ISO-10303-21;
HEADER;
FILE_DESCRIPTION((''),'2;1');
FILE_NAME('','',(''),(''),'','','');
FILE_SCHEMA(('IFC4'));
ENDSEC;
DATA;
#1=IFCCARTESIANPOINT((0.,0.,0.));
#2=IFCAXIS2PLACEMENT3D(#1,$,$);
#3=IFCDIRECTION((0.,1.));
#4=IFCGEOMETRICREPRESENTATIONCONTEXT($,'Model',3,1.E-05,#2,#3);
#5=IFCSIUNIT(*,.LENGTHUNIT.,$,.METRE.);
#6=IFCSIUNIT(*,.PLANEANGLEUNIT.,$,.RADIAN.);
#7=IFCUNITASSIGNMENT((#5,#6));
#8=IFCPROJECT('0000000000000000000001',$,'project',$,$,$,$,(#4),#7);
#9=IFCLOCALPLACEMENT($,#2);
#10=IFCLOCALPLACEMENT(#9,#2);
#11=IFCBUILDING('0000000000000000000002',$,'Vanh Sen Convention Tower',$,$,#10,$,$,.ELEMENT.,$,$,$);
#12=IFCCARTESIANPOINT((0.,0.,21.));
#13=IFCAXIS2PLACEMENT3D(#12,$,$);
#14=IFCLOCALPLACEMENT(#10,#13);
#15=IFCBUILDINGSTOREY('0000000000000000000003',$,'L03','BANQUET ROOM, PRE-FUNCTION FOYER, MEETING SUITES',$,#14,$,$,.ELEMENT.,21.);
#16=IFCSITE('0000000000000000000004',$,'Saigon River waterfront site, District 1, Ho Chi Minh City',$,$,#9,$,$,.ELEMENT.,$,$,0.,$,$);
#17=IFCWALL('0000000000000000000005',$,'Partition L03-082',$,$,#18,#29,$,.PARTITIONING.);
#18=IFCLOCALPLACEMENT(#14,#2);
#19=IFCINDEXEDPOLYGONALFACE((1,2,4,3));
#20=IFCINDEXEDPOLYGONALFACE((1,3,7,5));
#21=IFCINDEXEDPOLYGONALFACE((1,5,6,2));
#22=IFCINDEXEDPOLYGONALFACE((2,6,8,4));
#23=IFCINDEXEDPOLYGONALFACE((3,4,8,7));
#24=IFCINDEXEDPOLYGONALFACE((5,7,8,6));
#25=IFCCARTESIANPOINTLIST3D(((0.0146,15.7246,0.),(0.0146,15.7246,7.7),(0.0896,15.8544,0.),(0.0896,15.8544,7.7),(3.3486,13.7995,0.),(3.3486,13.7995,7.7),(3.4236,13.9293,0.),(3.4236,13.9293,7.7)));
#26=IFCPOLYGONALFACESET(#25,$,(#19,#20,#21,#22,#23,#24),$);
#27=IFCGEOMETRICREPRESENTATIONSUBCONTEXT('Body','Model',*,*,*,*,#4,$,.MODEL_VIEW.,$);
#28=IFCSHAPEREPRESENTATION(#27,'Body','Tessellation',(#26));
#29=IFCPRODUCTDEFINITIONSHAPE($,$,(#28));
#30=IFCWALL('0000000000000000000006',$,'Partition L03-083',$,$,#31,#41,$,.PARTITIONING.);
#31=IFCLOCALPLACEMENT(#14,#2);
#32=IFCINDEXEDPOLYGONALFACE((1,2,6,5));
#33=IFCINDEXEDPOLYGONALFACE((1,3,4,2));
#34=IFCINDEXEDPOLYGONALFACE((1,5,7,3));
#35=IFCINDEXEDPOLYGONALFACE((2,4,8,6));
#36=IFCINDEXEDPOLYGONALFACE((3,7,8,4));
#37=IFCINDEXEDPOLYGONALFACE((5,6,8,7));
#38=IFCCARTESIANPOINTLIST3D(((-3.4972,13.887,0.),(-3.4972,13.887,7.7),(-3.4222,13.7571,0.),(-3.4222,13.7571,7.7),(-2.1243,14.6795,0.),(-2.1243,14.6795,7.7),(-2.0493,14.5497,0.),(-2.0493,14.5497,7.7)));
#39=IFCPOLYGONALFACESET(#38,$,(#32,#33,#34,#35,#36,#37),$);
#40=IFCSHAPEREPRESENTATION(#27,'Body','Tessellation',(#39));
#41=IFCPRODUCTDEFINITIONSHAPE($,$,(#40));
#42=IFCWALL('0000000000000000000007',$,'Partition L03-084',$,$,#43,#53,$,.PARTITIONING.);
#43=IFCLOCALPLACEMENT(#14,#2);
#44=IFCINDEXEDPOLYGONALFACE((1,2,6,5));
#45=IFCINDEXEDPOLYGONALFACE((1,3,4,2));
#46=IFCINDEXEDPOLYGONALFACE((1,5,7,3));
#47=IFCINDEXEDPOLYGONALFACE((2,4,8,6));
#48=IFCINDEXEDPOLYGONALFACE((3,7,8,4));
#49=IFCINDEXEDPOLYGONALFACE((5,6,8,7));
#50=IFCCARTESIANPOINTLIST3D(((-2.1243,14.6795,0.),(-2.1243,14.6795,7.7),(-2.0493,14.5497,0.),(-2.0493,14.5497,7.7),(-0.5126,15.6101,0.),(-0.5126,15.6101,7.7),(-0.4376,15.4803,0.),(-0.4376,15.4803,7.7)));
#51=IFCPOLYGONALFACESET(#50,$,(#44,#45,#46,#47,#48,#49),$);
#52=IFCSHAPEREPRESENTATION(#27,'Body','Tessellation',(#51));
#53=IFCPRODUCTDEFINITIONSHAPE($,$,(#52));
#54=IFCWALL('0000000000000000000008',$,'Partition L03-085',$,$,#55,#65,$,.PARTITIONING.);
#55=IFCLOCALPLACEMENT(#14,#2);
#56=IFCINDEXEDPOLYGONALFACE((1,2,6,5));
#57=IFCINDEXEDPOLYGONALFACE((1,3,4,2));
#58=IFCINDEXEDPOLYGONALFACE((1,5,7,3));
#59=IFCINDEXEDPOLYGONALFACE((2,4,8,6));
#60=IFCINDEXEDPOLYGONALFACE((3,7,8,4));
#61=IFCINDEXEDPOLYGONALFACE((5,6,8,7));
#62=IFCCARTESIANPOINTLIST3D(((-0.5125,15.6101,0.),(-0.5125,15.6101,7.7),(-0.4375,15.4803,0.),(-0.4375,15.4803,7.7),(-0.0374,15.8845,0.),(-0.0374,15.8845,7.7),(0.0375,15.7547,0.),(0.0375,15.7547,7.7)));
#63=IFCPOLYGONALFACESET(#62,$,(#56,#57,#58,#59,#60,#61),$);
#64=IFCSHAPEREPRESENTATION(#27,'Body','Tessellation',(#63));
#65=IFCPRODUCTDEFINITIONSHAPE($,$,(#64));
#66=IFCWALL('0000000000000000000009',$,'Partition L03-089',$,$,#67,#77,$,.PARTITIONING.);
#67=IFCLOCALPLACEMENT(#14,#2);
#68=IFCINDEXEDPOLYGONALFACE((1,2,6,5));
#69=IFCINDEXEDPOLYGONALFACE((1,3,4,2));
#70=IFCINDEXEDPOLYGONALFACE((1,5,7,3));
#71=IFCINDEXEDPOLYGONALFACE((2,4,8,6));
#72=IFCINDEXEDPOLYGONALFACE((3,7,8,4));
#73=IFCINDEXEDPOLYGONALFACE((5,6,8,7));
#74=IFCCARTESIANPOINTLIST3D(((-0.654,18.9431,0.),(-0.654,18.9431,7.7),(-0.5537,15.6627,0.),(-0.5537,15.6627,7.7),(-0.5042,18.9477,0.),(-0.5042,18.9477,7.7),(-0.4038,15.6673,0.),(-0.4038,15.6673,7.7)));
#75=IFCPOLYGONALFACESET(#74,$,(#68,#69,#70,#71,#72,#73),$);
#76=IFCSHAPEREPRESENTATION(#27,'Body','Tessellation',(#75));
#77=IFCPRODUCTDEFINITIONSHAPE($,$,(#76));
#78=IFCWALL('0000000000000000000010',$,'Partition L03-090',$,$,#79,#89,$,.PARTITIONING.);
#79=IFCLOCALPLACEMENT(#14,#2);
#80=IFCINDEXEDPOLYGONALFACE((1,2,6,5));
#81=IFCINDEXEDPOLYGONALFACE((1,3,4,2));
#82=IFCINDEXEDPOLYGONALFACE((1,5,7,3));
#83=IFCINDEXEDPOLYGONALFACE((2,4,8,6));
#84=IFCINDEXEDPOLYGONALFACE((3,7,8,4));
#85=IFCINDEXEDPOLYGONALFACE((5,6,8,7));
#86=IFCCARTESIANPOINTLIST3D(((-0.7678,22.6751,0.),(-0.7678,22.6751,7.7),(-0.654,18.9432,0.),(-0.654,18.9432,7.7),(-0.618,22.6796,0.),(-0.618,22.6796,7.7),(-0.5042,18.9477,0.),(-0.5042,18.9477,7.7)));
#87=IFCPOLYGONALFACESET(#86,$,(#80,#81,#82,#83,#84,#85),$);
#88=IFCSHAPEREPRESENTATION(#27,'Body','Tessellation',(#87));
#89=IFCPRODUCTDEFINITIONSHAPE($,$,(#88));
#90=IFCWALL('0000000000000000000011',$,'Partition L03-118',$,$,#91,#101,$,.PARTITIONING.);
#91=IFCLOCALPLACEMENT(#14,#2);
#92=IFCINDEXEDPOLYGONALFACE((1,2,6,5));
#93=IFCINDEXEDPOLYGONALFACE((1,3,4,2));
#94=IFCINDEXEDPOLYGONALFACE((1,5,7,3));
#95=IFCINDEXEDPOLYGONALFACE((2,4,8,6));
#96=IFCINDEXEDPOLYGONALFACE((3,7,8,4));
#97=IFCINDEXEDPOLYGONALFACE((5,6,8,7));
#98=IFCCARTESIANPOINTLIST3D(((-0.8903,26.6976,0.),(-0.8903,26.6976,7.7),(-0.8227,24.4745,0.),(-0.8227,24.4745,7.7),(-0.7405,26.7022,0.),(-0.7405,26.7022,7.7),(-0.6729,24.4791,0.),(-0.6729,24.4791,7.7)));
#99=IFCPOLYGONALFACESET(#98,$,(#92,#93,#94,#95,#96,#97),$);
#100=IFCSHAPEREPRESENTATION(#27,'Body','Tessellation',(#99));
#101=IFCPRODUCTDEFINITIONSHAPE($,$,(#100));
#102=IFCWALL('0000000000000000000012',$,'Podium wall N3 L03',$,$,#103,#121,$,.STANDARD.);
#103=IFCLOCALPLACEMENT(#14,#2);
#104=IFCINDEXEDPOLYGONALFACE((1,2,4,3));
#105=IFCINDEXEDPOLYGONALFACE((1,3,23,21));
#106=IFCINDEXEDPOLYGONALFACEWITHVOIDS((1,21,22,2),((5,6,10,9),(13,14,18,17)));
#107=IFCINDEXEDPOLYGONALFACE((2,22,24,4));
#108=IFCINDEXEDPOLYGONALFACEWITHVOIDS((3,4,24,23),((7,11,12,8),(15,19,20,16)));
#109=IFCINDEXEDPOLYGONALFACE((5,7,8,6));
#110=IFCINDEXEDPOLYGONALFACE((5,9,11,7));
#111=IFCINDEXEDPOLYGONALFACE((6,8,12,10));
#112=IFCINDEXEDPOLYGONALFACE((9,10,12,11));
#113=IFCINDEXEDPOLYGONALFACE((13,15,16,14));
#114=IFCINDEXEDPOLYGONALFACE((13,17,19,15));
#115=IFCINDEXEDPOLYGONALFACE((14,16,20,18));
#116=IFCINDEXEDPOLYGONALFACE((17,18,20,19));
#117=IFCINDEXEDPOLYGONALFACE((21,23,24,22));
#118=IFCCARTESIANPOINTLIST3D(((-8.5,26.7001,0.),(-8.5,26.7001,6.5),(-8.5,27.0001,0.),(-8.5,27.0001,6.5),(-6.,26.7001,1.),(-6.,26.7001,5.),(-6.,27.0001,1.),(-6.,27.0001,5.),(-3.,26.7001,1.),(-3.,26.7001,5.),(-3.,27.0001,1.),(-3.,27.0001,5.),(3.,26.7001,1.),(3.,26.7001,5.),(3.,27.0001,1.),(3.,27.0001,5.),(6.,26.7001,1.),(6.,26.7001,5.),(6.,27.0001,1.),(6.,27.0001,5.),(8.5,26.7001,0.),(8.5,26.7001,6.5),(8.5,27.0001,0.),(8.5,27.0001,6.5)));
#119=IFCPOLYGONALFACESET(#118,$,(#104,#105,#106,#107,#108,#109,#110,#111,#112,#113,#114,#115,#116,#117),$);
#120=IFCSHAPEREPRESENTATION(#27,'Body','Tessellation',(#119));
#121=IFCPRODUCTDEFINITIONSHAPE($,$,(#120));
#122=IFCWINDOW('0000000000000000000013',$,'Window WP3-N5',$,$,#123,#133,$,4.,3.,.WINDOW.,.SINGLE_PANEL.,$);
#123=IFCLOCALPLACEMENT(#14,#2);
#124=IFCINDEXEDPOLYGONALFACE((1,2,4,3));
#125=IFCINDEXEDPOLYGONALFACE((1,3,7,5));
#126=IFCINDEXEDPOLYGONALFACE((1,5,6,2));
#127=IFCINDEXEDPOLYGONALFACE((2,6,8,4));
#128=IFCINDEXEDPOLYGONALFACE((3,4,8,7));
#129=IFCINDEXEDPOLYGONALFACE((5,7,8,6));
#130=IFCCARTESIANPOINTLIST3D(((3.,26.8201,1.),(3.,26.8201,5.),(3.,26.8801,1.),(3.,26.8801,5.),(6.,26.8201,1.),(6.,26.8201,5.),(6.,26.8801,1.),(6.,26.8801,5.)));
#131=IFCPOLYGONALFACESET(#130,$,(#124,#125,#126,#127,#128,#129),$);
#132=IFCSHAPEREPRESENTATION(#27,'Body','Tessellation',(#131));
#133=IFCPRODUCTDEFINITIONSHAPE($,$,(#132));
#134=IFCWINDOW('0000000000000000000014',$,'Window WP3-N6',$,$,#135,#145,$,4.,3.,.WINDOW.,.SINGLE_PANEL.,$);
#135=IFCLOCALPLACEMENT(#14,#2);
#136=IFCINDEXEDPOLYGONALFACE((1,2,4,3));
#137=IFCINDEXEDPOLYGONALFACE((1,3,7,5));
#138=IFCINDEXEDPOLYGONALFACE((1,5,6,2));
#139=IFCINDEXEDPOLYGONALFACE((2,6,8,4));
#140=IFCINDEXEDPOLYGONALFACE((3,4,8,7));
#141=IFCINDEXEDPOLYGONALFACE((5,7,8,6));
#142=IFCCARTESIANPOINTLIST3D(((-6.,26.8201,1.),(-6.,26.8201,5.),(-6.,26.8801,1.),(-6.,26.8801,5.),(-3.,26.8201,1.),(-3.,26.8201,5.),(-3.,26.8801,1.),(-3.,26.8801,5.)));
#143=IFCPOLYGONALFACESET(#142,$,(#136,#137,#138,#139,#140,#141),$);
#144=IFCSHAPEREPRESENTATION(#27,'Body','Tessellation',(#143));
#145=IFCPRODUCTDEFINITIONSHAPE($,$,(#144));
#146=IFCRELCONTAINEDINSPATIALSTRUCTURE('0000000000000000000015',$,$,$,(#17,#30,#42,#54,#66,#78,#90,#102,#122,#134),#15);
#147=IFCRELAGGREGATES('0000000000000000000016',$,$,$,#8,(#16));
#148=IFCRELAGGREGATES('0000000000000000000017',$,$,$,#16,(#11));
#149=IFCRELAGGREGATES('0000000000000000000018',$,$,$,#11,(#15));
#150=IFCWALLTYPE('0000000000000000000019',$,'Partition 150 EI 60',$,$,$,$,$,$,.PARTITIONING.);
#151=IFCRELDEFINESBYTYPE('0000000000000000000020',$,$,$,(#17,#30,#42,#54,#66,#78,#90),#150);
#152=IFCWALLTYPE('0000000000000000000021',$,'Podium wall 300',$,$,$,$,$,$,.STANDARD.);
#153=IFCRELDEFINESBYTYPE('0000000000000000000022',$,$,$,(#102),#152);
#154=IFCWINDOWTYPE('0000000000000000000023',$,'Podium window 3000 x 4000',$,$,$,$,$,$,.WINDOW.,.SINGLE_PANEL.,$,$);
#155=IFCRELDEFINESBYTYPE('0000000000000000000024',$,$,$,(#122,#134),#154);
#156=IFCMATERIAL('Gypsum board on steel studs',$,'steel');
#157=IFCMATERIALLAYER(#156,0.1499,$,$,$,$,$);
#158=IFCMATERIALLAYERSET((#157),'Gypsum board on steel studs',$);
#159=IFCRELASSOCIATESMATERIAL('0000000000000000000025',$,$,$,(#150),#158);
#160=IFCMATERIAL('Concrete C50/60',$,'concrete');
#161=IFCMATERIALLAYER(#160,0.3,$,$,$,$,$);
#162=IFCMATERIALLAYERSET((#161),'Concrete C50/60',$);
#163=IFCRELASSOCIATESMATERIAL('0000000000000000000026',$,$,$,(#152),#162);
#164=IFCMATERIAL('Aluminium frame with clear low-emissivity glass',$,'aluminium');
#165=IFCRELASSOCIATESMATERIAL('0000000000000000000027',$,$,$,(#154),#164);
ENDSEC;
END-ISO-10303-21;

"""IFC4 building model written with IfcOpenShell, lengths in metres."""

from ifc_helpers import new_model, si_unit, direction, frame, frame_2d, origin, place, context, subcontext, project, spatial, rectangle, extrude, material, layer, layer_set, type_object, element, fill, save


model = new_model("IFC4")

# Units and contexts
model_context = context("Model", 3, precision=1e-05, world=origin(), true_north=direction((0.0, 1.0)))
body_context = subcontext(model_context, "Body", "Model", "MODEL_VIEW")
ifc_project = project(units=[si_unit("LENGTHUNIT", "METRE"), si_unit("PLANEANGLEUNIT", "RADIAN")], contexts=[model_context])

# Site, building, storey
site_placement = place(None, origin())
site = spatial("IfcSite", under=ifc_project, at=site_placement, Name="Saigon River waterfront site, District 1, Ho Chi Minh City", CompositionType="ELEMENT", RefElevation=0.0)
building_placement = place(site_placement, origin())
building = spatial("IfcBuilding", under=site, at=building_placement, Name="Vanh Sen Convention Tower", CompositionType="ELEMENT")
storey_placement = place(building_placement, frame((0.0, 0.0, 21.0)))
storey = spatial("IfcBuildingStorey", under=building, at=storey_placement, Name="L03", Description="BANQUET ROOM, PRE-FUNCTION FOYER, MEETING SUITES", CompositionType="ELEMENT", Elevation=21.0)

# Shared definitions
ifc_material_1 = material(Name="Gypsum board on steel studs", Category="steel")
ifc_layer_1 = layer(ifc_material_1, 0.1499)
ifc_layer_set_1 = layer_set([ifc_layer_1], Name="Gypsum board on steel studs")
wall_type_1 = type_object("IfcWallType", Name="Partition 150 EI 60", PredefinedType="PARTITIONING", material=ifc_layer_set_1)

# Walls
wall_1_placement = place(storey_placement, frame((3.386, 13.8645, 0.0), z_axis=(0.0, 0.0, 1.0), x_axis=(-0.866006, 0.500034, 0.0)))
element("IfcWall", 1, at=wall_1_placement, inside=storey, type_object=wall_type_1, Name="Partition L03-082", PredefinedType="PARTITIONING", context=body_context, shape_type="SweptSolid", body=[
    extrude(rectangle(XDim=3.8499, YDim=0.1499, at=frame_2d((1.9248, 0.0))), origin(), (0.0, 0.0, 1.0), 7.7),
])
wall_2_placement = place(storey_placement, frame((-2.0869, 14.6145, 0.0), z_axis=(0.0, 0.0, 1.0), x_axis=(-0.866055, -0.499949, 0.0)))
element("IfcWall", 2, at=wall_2_placement, inside=storey, type_object=wall_type_1, Name="Partition L03-083", PredefinedType="PARTITIONING", context=body_context, shape_type="SweptSolid", body=[
    extrude(rectangle(XDim=1.5852, YDim=0.1499, at=frame_2d((0.7925, 0.0))), origin(), (0.0, 0.0, 1.0), 7.7),
])
wall_3_placement = place(storey_placement, frame((-2.0869, 14.6145, 0.0), z_axis=(0.0, 0.0, 1.0), x_axis=(0.866006, 0.500033, 0.0)))
element("IfcWall", 3, at=wall_3_placement, inside=storey, type_object=wall_type_1, Name="Partition L03-084", PredefinedType="PARTITIONING", context=body_context, shape_type="SweptSolid", body=[
    extrude(rectangle(XDim=1.8611, YDim=0.1499, at=frame_2d((0.9307, 0.0))), origin(), (0.0, 0.0, 1.0), 7.7),
])
wall_4_placement = place(storey_placement, frame((-0.4751, 15.5452, 0.0), z_axis=(0.0, 0.0, 1.0), x_axis=(0.865934, 0.500159, 0.0)))
element("IfcWall", 4, at=wall_4_placement, inside=storey, type_object=wall_type_1, Name="Partition L03-085", PredefinedType="PARTITIONING", context=body_context, shape_type="SweptSolid", body=[
    extrude(rectangle(XDim=0.5486, YDim=0.1499, at=frame_2d((0.2744, 0.0))), origin(), (0.0, 0.0, 1.0), 7.7),
])
wall_5_placement = place(storey_placement, frame((-0.5791, 18.9456, 0.0), z_axis=(0.0, 0.0, 1.0), x_axis=(0.030573, -0.999533, 0.0)))
element("IfcWall", 5, at=wall_5_placement, inside=storey, type_object=wall_type_1, Name="Partition L03-089", PredefinedType="PARTITIONING", context=body_context, shape_type="SweptSolid", body=[
    extrude(rectangle(XDim=3.282, YDim=0.1499, at=frame_2d((1.6411, 0.0))), origin(), (0.0, 0.0, 1.0), 7.7),
])
wall_6_placement = place(storey_placement, frame((-0.5791, 18.9456, 0.0), z_axis=(0.0, 0.0, 1.0), x_axis=(-0.030471, 0.999536, 0.0)))
element("IfcWall", 6, at=wall_6_placement, inside=storey, type_object=wall_type_1, Name="Partition L03-090", PredefinedType="PARTITIONING", context=body_context, shape_type="SweptSolid", body=[
    extrude(rectangle(XDim=3.7336, YDim=0.1499, at=frame_2d((1.8667, 0.0))), origin(), (0.0, 0.0, 1.0), 7.7),
])
wall_7_placement = place(storey_placement, frame((-0.7478, 24.4768, 0.0), z_axis=(0.0, 0.0, 1.0), x_axis=(-0.030405, 0.999538, 0.0)))
element("IfcWall", 7, at=wall_7_placement, inside=storey, type_object=wall_type_1, Name="Partition L03-118", PredefinedType="PARTITIONING", context=body_context, shape_type="SweptSolid", body=[
    extrude(rectangle(XDim=2.2241, YDim=0.1499, at=frame_2d((1.1121, 0.0))), origin(), (0.0, 0.0, 1.0), 7.7),
])

# Wall, openings, windows
ifc_material_2 = material(Name="Concrete C50/60", Category="concrete")
ifc_layer_2 = layer(ifc_material_2, 0.3)
ifc_layer_set_2 = layer_set([ifc_layer_2], Name="Concrete C50/60")
wall_type_2 = type_object("IfcWallType", Name="Podium wall 300", PredefinedType="STANDARD", material=ifc_layer_set_2)
wall_8_placement = place(storey_placement, frame((8.5, 26.8501, 0.0), z_axis=(0.0, 0.0, 1.0), x_axis=(-1.0, 0.0, 0.0)))
wall_8 = element("IfcWall", 8, at=wall_8_placement, inside=storey, type_object=wall_type_2, Name="Podium wall N3 L03", PredefinedType="STANDARD", context=body_context, shape_type="SweptSolid", body=[
    extrude(rectangle(XDim=17.0, YDim=0.3, at=frame_2d((8.5, 0.0))), origin(), (0.0, 0.0, 1.0), 6.5),
])
opening_1_placement = place(wall_8_placement, frame((2.5, 0.0, 1.0)))
opening_1 = element("IfcOpeningElement", 9, at=opening_1_placement, cuts=wall_8, PredefinedType="OPENING", context=body_context, shape_type="SweptSolid", body=[
    extrude(rectangle(XDim=3.0, YDim=4.0, at=frame_2d((1.5, 2.0))), frame((0.0, 0.1599, 0.0), z_axis=(0.0, -1.0, 0.0), x_axis=(1.0, 0.0, 0.0)), (0.0, 0.0, 1.0), 0.3201),
])
opening_2_placement = place(wall_8_placement, frame((11.5, 0.0, 1.0)))
opening_2 = element("IfcOpeningElement", 10, at=opening_2_placement, cuts=wall_8, PredefinedType="OPENING", context=body_context, shape_type="SweptSolid", body=[
    extrude(rectangle(XDim=3.0, YDim=4.0, at=frame_2d((1.5, 2.0))), frame((0.0, 0.1599, 0.0), z_axis=(0.0, -1.0, 0.0), x_axis=(1.0, 0.0, 0.0)), (0.0, 0.0, 1.0), 0.3201),
])
ifc_material_3 = material(Name="Aluminium frame with clear low-emissivity glass", Category="aluminium")
window_type = type_object("IfcWindowType", Name="Podium window 3000 x 4000", PartitioningType="SINGLE_PANEL", PredefinedType="WINDOW", material=ifc_material_3)
window_1_placement = place(opening_1_placement, origin())
window_1 = element("IfcWindow", 11, at=window_1_placement, inside=storey, type_object=window_type, Name="Window WP3-N5", OverallHeight=4.0, OverallWidth=3.0, PartitioningType="SINGLE_PANEL", PredefinedType="WINDOW", context=body_context, shape_type="SweptSolid", body=[
    extrude(rectangle(XDim=3.0, YDim=4.0, at=frame_2d((1.5, 2.0))), frame((0.0, 0.03, 0.0), z_axis=(0.0, -1.0, 0.0), x_axis=(1.0, 0.0, 0.0)), (0.0, 0.0, 1.0), 0.0601),
])
fill(opening_1, window_1)
window_2_placement = place(opening_2_placement, origin())
window_2 = element("IfcWindow", 12, at=window_2_placement, inside=storey, type_object=window_type, Name="Window WP3-N6", OverallHeight=4.0, OverallWidth=3.0, PartitioningType="SINGLE_PANEL", PredefinedType="WINDOW", context=body_context, shape_type="SweptSolid", body=[
    extrude(rectangle(XDim=3.0, YDim=4.0, at=frame_2d((1.5, 2.0))), frame((0.0, 0.03, 0.0), z_axis=(0.0, -1.0, 0.0), x_axis=(1.0, 0.0, 0.0)), (0.0, 0.0, 1.0), 0.0601),
])
fill(opening_2, window_2)

save(model, "model.ifc")
